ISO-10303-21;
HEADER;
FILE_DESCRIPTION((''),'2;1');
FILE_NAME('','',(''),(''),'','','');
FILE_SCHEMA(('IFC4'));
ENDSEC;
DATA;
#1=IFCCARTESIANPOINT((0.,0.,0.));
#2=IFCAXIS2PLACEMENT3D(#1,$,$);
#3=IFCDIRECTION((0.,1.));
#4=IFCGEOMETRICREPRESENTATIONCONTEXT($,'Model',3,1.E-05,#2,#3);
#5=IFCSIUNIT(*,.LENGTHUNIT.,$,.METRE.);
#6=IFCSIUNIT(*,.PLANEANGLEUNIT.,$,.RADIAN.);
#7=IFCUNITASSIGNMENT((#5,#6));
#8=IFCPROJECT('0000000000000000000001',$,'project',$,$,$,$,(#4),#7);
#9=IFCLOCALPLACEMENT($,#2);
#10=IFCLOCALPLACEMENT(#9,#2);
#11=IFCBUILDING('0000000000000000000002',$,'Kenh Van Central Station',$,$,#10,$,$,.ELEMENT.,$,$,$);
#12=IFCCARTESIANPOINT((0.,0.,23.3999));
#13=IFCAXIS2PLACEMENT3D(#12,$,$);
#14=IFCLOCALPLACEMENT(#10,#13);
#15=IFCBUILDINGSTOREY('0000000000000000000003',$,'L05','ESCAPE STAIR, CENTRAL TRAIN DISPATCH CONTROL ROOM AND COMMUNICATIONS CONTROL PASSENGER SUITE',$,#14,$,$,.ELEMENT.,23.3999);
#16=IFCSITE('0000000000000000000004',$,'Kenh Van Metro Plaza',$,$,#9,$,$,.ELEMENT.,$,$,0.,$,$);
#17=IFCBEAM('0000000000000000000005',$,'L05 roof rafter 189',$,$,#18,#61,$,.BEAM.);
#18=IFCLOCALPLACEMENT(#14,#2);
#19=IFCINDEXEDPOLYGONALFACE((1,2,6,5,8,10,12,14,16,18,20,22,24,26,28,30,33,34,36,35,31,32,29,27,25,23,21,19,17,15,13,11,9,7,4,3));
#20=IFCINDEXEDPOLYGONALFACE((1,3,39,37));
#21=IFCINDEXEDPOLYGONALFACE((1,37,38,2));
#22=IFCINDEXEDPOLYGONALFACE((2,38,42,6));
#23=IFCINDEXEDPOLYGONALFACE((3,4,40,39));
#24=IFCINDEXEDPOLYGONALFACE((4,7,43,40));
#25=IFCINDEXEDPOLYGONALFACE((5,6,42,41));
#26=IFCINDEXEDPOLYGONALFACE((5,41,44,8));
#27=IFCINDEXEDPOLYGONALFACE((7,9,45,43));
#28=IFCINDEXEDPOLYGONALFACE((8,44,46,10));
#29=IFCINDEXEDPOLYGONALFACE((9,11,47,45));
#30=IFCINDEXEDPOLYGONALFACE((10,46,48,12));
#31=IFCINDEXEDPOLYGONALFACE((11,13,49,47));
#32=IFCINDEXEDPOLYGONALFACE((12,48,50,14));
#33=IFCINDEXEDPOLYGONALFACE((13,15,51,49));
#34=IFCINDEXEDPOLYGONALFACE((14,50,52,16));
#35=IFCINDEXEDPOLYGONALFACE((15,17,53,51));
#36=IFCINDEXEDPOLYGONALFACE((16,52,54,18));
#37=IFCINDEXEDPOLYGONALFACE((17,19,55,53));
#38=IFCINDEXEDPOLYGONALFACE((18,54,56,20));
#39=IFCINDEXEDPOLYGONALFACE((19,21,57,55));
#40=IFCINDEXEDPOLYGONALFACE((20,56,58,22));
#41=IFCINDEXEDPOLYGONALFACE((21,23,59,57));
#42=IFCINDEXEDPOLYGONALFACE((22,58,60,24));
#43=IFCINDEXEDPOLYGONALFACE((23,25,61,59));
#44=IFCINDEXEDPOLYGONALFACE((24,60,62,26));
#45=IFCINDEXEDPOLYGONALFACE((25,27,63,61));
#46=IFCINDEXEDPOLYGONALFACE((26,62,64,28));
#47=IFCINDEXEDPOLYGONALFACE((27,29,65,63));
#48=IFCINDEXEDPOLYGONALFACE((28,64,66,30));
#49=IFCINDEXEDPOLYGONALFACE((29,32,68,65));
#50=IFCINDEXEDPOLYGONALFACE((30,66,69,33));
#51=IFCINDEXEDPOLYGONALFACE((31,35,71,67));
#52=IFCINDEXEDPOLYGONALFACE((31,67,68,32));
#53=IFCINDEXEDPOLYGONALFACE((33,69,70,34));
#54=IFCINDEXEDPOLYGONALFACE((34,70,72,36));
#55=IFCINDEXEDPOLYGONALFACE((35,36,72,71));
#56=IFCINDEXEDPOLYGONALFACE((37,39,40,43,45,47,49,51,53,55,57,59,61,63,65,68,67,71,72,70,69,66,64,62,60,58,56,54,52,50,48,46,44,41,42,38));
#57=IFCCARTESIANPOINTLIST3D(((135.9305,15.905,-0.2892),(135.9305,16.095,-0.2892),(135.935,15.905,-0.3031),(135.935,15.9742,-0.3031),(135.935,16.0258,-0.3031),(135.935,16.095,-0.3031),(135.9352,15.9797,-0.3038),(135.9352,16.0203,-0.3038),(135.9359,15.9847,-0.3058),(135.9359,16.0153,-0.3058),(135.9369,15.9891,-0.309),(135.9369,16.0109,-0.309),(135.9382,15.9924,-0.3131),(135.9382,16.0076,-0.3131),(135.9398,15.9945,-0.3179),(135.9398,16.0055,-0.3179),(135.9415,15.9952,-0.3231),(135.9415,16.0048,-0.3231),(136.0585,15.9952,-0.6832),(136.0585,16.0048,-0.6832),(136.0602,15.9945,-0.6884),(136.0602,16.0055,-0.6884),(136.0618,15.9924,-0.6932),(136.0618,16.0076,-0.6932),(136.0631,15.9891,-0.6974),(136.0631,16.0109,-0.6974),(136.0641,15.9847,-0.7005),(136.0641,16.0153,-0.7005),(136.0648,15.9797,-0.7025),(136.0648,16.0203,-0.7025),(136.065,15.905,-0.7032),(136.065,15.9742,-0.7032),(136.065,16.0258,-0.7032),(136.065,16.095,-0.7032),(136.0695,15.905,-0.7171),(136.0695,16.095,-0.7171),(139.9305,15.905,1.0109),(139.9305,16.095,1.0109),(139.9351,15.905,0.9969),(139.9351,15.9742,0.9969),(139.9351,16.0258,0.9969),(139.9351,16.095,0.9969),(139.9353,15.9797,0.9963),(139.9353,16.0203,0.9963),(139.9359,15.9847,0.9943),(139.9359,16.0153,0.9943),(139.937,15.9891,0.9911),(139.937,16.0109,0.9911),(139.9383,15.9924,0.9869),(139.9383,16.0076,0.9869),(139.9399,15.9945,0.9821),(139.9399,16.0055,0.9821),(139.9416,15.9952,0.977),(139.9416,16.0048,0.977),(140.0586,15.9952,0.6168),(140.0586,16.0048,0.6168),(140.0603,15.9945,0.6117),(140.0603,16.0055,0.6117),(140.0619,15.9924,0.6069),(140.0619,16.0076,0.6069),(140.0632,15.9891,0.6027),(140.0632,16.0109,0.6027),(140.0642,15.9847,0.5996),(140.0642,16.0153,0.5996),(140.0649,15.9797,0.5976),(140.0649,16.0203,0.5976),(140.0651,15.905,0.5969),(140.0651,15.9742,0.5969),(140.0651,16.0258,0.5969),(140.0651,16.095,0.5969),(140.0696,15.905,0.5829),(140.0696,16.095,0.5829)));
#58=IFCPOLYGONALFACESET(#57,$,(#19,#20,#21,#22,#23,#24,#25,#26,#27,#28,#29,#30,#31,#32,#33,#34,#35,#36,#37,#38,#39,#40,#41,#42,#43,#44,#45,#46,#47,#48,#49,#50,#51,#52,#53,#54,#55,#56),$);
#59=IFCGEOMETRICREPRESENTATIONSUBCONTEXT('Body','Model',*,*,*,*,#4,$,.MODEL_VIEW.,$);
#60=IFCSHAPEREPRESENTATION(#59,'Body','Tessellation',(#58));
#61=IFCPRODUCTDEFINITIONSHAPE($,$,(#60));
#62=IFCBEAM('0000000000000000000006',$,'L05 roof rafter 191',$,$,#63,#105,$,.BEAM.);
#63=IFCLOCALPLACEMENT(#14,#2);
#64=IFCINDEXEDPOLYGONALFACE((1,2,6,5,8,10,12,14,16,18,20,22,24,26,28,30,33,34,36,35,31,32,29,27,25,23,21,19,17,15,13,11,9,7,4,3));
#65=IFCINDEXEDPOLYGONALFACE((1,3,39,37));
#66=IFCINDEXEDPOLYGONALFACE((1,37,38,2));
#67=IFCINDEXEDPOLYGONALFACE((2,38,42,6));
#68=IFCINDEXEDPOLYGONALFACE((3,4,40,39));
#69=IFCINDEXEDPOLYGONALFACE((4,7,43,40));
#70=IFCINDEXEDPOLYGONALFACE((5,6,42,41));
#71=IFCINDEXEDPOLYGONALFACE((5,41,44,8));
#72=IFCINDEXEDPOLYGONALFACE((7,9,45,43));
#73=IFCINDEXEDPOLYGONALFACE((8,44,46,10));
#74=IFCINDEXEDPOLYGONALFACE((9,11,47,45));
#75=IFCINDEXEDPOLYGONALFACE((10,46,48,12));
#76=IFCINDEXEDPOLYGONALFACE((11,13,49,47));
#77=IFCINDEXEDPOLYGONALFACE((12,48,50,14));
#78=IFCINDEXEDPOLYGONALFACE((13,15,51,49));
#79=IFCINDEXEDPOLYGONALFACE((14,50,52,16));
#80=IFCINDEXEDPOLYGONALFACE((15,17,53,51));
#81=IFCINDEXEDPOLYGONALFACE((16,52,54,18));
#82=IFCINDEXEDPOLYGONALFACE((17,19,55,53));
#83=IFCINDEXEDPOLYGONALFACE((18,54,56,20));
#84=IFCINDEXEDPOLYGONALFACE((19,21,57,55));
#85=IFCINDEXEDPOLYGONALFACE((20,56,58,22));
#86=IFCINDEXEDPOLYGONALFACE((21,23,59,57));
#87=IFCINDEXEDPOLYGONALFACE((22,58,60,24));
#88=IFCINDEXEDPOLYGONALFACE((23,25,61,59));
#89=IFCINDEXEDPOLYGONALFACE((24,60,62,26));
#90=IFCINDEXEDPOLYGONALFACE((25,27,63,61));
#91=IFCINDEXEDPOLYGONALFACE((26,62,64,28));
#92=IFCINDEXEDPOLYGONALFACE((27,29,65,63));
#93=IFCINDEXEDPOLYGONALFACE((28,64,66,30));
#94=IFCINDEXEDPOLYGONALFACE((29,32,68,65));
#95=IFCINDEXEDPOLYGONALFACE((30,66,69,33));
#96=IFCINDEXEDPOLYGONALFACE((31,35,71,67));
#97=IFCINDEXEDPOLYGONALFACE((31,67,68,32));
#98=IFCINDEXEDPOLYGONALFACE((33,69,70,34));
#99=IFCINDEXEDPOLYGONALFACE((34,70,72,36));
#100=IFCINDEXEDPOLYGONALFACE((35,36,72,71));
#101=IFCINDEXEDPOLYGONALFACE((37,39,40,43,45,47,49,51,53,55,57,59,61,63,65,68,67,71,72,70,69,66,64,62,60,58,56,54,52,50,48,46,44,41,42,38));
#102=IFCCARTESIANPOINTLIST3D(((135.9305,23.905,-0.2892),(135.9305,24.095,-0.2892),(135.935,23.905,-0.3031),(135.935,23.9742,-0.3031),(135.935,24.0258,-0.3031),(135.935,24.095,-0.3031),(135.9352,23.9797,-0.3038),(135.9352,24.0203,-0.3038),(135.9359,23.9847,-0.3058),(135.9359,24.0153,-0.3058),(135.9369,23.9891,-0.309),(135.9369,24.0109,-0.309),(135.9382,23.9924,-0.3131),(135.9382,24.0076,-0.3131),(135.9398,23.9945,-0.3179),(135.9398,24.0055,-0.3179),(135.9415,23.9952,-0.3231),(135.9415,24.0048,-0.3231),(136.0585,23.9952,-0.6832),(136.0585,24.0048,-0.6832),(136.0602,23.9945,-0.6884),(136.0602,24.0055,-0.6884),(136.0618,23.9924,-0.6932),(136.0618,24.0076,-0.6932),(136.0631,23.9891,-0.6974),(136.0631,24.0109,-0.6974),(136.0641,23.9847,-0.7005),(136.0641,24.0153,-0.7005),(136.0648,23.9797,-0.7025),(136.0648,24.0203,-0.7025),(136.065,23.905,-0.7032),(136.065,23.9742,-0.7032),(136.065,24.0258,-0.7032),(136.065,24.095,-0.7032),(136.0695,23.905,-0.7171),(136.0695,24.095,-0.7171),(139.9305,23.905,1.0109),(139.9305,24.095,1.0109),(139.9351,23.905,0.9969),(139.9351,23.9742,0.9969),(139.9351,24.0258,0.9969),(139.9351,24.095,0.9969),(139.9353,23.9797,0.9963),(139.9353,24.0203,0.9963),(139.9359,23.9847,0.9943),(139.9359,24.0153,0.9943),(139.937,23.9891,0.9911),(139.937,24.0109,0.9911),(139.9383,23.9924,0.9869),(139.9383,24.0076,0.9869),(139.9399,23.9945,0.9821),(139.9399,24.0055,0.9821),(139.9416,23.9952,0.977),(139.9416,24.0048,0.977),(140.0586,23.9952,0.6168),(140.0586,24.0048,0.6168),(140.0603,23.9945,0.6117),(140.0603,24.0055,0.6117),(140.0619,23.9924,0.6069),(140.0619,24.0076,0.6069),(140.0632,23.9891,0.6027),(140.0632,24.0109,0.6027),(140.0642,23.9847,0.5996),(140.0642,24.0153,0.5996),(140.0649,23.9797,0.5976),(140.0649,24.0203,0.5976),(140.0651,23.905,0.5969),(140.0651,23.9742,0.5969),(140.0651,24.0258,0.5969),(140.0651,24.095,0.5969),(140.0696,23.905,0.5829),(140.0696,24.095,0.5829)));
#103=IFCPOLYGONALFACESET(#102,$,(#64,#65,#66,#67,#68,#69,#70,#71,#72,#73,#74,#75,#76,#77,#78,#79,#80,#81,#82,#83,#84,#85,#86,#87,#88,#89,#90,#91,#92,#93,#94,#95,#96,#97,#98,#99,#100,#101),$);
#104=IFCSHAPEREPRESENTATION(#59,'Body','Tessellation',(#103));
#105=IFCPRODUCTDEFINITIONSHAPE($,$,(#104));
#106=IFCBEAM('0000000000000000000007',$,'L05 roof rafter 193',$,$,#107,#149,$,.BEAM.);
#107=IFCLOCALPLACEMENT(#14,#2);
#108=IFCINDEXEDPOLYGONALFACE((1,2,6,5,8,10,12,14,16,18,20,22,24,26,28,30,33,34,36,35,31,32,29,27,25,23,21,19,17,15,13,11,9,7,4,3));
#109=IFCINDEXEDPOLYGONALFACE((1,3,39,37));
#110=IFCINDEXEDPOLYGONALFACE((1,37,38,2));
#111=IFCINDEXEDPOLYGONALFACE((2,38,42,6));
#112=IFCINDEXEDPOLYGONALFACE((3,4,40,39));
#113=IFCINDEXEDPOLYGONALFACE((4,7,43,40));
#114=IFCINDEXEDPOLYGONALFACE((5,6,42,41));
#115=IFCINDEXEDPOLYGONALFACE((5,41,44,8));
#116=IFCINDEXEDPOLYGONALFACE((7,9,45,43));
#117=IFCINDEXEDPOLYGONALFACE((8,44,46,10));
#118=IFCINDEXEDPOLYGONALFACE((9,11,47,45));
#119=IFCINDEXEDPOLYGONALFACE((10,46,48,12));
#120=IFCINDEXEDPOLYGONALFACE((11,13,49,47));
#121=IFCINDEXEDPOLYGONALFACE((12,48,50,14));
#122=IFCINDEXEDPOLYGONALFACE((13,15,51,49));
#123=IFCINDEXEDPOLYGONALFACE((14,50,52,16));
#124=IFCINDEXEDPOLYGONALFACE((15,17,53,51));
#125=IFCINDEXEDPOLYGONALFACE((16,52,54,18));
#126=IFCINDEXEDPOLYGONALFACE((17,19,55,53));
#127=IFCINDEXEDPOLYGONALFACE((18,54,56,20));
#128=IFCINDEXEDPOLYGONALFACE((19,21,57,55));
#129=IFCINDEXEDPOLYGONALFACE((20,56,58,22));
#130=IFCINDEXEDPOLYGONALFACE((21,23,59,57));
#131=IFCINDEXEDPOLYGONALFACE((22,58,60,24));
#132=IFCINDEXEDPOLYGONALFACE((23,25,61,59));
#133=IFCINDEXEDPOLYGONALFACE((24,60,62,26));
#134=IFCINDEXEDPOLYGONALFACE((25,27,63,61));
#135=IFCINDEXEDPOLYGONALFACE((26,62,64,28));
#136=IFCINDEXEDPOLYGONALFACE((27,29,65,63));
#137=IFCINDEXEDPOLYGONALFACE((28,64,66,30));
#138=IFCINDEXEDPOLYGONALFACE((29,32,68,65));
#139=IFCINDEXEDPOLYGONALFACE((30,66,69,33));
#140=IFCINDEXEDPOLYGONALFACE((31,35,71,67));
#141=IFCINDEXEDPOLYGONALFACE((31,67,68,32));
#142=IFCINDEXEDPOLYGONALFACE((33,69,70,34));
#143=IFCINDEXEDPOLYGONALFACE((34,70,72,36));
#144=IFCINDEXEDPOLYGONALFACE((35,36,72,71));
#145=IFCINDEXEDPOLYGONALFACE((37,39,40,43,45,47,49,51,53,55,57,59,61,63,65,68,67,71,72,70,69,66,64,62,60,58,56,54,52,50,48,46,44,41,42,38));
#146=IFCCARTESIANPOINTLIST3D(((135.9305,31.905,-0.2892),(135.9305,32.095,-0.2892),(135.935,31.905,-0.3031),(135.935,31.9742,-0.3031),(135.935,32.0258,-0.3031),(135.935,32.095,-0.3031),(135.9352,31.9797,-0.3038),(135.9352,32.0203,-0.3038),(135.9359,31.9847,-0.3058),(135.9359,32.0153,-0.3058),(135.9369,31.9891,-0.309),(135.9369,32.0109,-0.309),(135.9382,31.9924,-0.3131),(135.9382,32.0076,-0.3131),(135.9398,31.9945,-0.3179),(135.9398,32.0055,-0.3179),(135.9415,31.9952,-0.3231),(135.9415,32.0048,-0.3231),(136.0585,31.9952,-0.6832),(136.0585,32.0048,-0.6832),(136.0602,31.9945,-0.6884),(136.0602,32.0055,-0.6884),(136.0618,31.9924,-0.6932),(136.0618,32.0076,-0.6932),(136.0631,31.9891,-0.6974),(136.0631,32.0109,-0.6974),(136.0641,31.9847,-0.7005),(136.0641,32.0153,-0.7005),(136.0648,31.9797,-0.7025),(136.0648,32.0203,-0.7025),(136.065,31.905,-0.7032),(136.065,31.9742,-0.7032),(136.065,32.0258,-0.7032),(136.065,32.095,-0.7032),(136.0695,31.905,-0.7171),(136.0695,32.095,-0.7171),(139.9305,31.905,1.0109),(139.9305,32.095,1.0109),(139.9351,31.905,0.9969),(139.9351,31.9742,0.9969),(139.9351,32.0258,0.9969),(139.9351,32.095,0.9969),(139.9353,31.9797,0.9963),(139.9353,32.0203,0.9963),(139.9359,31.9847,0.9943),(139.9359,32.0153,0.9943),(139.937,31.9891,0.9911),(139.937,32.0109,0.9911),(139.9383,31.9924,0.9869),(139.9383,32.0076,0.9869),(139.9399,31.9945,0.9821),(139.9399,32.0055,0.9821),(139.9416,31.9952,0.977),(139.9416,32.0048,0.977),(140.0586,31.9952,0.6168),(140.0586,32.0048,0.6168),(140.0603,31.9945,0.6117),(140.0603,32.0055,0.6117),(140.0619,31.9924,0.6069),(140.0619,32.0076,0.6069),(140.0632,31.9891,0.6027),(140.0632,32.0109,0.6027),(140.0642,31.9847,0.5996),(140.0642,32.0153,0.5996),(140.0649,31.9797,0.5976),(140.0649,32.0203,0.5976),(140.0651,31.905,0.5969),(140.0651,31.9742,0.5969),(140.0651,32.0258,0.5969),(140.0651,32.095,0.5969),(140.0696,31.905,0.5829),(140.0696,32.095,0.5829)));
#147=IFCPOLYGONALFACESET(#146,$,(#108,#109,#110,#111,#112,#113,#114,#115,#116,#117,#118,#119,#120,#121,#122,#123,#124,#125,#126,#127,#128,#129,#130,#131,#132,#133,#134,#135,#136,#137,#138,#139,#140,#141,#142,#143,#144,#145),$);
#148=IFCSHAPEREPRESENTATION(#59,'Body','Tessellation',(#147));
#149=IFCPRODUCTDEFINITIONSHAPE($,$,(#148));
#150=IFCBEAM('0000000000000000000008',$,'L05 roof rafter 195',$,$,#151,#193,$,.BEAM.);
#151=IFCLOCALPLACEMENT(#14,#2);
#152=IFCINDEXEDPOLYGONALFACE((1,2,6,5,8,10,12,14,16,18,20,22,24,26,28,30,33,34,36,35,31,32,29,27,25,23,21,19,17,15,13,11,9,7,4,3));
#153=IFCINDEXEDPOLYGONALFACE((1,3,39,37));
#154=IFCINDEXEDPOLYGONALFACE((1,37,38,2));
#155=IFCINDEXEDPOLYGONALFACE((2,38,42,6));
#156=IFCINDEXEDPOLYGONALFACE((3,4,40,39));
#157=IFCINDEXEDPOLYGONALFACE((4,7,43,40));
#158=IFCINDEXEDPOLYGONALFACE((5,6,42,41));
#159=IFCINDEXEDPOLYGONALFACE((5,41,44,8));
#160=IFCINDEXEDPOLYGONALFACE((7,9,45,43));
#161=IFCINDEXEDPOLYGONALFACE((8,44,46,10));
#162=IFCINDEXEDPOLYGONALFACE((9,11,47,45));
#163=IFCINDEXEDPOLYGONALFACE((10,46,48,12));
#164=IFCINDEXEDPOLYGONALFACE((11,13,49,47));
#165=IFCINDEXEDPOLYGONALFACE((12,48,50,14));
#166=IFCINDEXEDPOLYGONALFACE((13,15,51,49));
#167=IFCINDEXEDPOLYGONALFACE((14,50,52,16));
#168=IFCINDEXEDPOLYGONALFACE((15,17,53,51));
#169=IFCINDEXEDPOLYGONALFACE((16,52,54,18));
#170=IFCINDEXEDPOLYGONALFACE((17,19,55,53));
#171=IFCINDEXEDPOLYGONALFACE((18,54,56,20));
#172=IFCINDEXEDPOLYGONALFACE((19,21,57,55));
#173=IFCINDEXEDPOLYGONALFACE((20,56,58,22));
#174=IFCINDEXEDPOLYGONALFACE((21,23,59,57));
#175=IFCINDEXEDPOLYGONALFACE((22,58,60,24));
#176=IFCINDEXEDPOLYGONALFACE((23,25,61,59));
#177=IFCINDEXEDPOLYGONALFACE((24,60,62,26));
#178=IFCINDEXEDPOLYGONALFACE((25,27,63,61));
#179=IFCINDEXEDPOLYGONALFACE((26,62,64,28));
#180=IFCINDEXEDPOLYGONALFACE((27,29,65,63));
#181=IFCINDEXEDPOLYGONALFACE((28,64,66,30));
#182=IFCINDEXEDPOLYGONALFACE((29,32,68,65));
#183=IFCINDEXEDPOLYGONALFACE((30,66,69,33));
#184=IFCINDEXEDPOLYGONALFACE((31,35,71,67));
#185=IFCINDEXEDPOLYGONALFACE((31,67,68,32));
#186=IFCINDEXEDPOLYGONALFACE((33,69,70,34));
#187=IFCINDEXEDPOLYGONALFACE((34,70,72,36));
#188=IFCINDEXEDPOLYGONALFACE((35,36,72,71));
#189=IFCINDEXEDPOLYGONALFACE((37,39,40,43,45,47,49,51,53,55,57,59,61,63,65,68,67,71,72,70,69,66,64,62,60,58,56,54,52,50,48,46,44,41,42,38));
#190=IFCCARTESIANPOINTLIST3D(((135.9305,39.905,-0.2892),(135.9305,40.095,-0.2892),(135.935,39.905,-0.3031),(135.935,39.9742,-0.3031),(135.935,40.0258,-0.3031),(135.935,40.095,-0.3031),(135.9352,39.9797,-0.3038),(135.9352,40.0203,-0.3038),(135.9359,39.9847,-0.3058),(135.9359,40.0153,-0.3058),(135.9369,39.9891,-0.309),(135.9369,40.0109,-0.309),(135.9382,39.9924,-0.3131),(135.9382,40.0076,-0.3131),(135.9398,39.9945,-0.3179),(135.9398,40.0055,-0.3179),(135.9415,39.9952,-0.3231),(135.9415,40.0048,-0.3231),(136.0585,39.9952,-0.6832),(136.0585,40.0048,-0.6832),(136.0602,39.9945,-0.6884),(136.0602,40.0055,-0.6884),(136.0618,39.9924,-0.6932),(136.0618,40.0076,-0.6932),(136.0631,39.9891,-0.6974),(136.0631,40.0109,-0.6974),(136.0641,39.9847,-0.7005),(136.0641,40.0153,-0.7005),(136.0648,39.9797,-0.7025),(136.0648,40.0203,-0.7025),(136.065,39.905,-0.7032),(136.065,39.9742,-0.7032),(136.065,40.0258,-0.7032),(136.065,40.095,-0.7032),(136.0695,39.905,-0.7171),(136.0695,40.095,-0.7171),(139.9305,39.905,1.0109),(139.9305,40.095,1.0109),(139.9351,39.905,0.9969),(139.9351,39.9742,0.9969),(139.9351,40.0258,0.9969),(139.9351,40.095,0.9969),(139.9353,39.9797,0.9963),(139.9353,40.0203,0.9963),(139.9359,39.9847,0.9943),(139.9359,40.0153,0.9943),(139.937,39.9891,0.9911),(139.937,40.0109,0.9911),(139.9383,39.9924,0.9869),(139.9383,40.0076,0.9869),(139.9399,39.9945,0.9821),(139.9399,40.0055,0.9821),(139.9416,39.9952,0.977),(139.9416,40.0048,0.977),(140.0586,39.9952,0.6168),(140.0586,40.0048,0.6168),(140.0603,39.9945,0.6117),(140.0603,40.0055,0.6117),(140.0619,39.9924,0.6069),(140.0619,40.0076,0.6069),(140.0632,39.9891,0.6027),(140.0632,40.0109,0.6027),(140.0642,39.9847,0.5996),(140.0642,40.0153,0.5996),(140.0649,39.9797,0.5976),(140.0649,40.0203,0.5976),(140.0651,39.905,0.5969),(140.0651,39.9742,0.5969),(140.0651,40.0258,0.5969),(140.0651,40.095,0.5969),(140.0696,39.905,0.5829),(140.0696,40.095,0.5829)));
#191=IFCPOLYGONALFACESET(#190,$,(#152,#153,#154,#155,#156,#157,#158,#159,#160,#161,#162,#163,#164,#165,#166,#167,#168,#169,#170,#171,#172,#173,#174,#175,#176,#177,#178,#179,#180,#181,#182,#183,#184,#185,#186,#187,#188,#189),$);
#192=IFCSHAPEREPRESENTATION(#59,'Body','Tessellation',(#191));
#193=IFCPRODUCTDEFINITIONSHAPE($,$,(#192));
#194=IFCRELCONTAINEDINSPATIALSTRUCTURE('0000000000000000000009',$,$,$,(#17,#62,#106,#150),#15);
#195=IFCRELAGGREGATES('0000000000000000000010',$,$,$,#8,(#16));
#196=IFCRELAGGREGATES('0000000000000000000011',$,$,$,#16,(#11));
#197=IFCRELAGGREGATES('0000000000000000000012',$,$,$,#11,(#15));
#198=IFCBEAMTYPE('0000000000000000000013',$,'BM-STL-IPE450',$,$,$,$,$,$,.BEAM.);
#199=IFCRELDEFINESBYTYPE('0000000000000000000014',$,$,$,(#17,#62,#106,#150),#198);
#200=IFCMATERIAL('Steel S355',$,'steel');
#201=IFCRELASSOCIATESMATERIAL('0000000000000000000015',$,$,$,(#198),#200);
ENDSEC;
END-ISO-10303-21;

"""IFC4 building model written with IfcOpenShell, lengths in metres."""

from ifc_helpers import new_model, si_unit, direction, frame, origin, origin_2d, place, context, subcontext, project, spatial, i_section, extrude, material, material_profile, profile_set, type_object, element, save


model = new_model("IFC4")

# Units and contexts
model_context = context("Model", 3, precision=1e-05, world=origin(), true_north=direction((0.0, 1.0)))
body_context = subcontext(model_context, "Body", "Model", "MODEL_VIEW")
ifc_project = project(units=[si_unit("LENGTHUNIT", "METRE"), si_unit("PLANEANGLEUNIT", "RADIAN")], contexts=[model_context])

# Site, building, storey
site_placement = place(None, origin())
site = spatial("IfcSite", under=ifc_project, at=site_placement, Name="Kenh Van Metro Plaza", CompositionType="ELEMENT", RefElevation=0.0)
building_placement = place(site_placement, origin())
building = spatial("IfcBuilding", under=site, at=building_placement, Name="Kenh Van Central Station", CompositionType="ELEMENT")
storey_placement = place(building_placement, frame((0.0, 0.0, 23.3999)))
storey = spatial("IfcBuildingStorey", under=building, at=storey_placement, Name="L05", Description="ESCAPE STAIR, CENTRAL TRAIN DISPATCH CONTROL ROOM AND COMMUNICATIONS CONTROL PASSENGER SUITE", CompositionType="ELEMENT", Elevation=23.3999)

# Beams
ifc_material_1 = material(Name="Steel S355", Category="steel")
ifc_material_profile_1 = material_profile(ifc_material_1, i_section(OverallWidth=0.1899, OverallDepth=0.45, WebThickness=0.0095, FlangeThickness=0.0146, FilletRadius=0.021, at=origin_2d()), Name="IPE 450")
ifc_profile_set_1 = profile_set([ifc_material_profile_1], Name="Steel S355")
beam_type = type_object("IfcBeamType", Name="BM-STL-IPE450", PredefinedType="BEAM", material=ifc_profile_set_1)
for number, where, z_axis, x_axis, name in (
    (1, (136.0, 16.0, -0.5032), (0.951031, 0.0, 0.309097), (0.0, 1.0, 0.0), "L05 roof rafter 189"),
    (2, (136.0, 24.0, -0.5032), (0.951031, 0.0, 0.309097), (0.0, 1.0, 0.0), "L05 roof rafter 191"),
    (3, (136.0, 32.0, -0.5032), (0.951031, 0.0, 0.309097), (0.0, 1.0, 0.0), "L05 roof rafter 193"),
    (4, (136.0, 40.0, -0.5032), (0.951031, 0.0, 0.309097), (0.0, 1.0, 0.0), "L05 roof rafter 195"),
):
    element("IfcBeam", number, at=place(storey_placement, frame(where, z_axis=z_axis, x_axis=x_axis)), inside=storey, type_object=beam_type, Name=name, PredefinedType="BEAM", context=body_context, shape_type="SweptSolid", body=[
        extrude(i_section(OverallWidth=0.1899, OverallDepth=0.45, WebThickness=0.0095, FlangeThickness=0.0146, FilletRadius=0.021, at=origin_2d()), origin(), (0.0, 0.0, 1.0), 4.2061),
    ])

save(model, "model.ifc")
